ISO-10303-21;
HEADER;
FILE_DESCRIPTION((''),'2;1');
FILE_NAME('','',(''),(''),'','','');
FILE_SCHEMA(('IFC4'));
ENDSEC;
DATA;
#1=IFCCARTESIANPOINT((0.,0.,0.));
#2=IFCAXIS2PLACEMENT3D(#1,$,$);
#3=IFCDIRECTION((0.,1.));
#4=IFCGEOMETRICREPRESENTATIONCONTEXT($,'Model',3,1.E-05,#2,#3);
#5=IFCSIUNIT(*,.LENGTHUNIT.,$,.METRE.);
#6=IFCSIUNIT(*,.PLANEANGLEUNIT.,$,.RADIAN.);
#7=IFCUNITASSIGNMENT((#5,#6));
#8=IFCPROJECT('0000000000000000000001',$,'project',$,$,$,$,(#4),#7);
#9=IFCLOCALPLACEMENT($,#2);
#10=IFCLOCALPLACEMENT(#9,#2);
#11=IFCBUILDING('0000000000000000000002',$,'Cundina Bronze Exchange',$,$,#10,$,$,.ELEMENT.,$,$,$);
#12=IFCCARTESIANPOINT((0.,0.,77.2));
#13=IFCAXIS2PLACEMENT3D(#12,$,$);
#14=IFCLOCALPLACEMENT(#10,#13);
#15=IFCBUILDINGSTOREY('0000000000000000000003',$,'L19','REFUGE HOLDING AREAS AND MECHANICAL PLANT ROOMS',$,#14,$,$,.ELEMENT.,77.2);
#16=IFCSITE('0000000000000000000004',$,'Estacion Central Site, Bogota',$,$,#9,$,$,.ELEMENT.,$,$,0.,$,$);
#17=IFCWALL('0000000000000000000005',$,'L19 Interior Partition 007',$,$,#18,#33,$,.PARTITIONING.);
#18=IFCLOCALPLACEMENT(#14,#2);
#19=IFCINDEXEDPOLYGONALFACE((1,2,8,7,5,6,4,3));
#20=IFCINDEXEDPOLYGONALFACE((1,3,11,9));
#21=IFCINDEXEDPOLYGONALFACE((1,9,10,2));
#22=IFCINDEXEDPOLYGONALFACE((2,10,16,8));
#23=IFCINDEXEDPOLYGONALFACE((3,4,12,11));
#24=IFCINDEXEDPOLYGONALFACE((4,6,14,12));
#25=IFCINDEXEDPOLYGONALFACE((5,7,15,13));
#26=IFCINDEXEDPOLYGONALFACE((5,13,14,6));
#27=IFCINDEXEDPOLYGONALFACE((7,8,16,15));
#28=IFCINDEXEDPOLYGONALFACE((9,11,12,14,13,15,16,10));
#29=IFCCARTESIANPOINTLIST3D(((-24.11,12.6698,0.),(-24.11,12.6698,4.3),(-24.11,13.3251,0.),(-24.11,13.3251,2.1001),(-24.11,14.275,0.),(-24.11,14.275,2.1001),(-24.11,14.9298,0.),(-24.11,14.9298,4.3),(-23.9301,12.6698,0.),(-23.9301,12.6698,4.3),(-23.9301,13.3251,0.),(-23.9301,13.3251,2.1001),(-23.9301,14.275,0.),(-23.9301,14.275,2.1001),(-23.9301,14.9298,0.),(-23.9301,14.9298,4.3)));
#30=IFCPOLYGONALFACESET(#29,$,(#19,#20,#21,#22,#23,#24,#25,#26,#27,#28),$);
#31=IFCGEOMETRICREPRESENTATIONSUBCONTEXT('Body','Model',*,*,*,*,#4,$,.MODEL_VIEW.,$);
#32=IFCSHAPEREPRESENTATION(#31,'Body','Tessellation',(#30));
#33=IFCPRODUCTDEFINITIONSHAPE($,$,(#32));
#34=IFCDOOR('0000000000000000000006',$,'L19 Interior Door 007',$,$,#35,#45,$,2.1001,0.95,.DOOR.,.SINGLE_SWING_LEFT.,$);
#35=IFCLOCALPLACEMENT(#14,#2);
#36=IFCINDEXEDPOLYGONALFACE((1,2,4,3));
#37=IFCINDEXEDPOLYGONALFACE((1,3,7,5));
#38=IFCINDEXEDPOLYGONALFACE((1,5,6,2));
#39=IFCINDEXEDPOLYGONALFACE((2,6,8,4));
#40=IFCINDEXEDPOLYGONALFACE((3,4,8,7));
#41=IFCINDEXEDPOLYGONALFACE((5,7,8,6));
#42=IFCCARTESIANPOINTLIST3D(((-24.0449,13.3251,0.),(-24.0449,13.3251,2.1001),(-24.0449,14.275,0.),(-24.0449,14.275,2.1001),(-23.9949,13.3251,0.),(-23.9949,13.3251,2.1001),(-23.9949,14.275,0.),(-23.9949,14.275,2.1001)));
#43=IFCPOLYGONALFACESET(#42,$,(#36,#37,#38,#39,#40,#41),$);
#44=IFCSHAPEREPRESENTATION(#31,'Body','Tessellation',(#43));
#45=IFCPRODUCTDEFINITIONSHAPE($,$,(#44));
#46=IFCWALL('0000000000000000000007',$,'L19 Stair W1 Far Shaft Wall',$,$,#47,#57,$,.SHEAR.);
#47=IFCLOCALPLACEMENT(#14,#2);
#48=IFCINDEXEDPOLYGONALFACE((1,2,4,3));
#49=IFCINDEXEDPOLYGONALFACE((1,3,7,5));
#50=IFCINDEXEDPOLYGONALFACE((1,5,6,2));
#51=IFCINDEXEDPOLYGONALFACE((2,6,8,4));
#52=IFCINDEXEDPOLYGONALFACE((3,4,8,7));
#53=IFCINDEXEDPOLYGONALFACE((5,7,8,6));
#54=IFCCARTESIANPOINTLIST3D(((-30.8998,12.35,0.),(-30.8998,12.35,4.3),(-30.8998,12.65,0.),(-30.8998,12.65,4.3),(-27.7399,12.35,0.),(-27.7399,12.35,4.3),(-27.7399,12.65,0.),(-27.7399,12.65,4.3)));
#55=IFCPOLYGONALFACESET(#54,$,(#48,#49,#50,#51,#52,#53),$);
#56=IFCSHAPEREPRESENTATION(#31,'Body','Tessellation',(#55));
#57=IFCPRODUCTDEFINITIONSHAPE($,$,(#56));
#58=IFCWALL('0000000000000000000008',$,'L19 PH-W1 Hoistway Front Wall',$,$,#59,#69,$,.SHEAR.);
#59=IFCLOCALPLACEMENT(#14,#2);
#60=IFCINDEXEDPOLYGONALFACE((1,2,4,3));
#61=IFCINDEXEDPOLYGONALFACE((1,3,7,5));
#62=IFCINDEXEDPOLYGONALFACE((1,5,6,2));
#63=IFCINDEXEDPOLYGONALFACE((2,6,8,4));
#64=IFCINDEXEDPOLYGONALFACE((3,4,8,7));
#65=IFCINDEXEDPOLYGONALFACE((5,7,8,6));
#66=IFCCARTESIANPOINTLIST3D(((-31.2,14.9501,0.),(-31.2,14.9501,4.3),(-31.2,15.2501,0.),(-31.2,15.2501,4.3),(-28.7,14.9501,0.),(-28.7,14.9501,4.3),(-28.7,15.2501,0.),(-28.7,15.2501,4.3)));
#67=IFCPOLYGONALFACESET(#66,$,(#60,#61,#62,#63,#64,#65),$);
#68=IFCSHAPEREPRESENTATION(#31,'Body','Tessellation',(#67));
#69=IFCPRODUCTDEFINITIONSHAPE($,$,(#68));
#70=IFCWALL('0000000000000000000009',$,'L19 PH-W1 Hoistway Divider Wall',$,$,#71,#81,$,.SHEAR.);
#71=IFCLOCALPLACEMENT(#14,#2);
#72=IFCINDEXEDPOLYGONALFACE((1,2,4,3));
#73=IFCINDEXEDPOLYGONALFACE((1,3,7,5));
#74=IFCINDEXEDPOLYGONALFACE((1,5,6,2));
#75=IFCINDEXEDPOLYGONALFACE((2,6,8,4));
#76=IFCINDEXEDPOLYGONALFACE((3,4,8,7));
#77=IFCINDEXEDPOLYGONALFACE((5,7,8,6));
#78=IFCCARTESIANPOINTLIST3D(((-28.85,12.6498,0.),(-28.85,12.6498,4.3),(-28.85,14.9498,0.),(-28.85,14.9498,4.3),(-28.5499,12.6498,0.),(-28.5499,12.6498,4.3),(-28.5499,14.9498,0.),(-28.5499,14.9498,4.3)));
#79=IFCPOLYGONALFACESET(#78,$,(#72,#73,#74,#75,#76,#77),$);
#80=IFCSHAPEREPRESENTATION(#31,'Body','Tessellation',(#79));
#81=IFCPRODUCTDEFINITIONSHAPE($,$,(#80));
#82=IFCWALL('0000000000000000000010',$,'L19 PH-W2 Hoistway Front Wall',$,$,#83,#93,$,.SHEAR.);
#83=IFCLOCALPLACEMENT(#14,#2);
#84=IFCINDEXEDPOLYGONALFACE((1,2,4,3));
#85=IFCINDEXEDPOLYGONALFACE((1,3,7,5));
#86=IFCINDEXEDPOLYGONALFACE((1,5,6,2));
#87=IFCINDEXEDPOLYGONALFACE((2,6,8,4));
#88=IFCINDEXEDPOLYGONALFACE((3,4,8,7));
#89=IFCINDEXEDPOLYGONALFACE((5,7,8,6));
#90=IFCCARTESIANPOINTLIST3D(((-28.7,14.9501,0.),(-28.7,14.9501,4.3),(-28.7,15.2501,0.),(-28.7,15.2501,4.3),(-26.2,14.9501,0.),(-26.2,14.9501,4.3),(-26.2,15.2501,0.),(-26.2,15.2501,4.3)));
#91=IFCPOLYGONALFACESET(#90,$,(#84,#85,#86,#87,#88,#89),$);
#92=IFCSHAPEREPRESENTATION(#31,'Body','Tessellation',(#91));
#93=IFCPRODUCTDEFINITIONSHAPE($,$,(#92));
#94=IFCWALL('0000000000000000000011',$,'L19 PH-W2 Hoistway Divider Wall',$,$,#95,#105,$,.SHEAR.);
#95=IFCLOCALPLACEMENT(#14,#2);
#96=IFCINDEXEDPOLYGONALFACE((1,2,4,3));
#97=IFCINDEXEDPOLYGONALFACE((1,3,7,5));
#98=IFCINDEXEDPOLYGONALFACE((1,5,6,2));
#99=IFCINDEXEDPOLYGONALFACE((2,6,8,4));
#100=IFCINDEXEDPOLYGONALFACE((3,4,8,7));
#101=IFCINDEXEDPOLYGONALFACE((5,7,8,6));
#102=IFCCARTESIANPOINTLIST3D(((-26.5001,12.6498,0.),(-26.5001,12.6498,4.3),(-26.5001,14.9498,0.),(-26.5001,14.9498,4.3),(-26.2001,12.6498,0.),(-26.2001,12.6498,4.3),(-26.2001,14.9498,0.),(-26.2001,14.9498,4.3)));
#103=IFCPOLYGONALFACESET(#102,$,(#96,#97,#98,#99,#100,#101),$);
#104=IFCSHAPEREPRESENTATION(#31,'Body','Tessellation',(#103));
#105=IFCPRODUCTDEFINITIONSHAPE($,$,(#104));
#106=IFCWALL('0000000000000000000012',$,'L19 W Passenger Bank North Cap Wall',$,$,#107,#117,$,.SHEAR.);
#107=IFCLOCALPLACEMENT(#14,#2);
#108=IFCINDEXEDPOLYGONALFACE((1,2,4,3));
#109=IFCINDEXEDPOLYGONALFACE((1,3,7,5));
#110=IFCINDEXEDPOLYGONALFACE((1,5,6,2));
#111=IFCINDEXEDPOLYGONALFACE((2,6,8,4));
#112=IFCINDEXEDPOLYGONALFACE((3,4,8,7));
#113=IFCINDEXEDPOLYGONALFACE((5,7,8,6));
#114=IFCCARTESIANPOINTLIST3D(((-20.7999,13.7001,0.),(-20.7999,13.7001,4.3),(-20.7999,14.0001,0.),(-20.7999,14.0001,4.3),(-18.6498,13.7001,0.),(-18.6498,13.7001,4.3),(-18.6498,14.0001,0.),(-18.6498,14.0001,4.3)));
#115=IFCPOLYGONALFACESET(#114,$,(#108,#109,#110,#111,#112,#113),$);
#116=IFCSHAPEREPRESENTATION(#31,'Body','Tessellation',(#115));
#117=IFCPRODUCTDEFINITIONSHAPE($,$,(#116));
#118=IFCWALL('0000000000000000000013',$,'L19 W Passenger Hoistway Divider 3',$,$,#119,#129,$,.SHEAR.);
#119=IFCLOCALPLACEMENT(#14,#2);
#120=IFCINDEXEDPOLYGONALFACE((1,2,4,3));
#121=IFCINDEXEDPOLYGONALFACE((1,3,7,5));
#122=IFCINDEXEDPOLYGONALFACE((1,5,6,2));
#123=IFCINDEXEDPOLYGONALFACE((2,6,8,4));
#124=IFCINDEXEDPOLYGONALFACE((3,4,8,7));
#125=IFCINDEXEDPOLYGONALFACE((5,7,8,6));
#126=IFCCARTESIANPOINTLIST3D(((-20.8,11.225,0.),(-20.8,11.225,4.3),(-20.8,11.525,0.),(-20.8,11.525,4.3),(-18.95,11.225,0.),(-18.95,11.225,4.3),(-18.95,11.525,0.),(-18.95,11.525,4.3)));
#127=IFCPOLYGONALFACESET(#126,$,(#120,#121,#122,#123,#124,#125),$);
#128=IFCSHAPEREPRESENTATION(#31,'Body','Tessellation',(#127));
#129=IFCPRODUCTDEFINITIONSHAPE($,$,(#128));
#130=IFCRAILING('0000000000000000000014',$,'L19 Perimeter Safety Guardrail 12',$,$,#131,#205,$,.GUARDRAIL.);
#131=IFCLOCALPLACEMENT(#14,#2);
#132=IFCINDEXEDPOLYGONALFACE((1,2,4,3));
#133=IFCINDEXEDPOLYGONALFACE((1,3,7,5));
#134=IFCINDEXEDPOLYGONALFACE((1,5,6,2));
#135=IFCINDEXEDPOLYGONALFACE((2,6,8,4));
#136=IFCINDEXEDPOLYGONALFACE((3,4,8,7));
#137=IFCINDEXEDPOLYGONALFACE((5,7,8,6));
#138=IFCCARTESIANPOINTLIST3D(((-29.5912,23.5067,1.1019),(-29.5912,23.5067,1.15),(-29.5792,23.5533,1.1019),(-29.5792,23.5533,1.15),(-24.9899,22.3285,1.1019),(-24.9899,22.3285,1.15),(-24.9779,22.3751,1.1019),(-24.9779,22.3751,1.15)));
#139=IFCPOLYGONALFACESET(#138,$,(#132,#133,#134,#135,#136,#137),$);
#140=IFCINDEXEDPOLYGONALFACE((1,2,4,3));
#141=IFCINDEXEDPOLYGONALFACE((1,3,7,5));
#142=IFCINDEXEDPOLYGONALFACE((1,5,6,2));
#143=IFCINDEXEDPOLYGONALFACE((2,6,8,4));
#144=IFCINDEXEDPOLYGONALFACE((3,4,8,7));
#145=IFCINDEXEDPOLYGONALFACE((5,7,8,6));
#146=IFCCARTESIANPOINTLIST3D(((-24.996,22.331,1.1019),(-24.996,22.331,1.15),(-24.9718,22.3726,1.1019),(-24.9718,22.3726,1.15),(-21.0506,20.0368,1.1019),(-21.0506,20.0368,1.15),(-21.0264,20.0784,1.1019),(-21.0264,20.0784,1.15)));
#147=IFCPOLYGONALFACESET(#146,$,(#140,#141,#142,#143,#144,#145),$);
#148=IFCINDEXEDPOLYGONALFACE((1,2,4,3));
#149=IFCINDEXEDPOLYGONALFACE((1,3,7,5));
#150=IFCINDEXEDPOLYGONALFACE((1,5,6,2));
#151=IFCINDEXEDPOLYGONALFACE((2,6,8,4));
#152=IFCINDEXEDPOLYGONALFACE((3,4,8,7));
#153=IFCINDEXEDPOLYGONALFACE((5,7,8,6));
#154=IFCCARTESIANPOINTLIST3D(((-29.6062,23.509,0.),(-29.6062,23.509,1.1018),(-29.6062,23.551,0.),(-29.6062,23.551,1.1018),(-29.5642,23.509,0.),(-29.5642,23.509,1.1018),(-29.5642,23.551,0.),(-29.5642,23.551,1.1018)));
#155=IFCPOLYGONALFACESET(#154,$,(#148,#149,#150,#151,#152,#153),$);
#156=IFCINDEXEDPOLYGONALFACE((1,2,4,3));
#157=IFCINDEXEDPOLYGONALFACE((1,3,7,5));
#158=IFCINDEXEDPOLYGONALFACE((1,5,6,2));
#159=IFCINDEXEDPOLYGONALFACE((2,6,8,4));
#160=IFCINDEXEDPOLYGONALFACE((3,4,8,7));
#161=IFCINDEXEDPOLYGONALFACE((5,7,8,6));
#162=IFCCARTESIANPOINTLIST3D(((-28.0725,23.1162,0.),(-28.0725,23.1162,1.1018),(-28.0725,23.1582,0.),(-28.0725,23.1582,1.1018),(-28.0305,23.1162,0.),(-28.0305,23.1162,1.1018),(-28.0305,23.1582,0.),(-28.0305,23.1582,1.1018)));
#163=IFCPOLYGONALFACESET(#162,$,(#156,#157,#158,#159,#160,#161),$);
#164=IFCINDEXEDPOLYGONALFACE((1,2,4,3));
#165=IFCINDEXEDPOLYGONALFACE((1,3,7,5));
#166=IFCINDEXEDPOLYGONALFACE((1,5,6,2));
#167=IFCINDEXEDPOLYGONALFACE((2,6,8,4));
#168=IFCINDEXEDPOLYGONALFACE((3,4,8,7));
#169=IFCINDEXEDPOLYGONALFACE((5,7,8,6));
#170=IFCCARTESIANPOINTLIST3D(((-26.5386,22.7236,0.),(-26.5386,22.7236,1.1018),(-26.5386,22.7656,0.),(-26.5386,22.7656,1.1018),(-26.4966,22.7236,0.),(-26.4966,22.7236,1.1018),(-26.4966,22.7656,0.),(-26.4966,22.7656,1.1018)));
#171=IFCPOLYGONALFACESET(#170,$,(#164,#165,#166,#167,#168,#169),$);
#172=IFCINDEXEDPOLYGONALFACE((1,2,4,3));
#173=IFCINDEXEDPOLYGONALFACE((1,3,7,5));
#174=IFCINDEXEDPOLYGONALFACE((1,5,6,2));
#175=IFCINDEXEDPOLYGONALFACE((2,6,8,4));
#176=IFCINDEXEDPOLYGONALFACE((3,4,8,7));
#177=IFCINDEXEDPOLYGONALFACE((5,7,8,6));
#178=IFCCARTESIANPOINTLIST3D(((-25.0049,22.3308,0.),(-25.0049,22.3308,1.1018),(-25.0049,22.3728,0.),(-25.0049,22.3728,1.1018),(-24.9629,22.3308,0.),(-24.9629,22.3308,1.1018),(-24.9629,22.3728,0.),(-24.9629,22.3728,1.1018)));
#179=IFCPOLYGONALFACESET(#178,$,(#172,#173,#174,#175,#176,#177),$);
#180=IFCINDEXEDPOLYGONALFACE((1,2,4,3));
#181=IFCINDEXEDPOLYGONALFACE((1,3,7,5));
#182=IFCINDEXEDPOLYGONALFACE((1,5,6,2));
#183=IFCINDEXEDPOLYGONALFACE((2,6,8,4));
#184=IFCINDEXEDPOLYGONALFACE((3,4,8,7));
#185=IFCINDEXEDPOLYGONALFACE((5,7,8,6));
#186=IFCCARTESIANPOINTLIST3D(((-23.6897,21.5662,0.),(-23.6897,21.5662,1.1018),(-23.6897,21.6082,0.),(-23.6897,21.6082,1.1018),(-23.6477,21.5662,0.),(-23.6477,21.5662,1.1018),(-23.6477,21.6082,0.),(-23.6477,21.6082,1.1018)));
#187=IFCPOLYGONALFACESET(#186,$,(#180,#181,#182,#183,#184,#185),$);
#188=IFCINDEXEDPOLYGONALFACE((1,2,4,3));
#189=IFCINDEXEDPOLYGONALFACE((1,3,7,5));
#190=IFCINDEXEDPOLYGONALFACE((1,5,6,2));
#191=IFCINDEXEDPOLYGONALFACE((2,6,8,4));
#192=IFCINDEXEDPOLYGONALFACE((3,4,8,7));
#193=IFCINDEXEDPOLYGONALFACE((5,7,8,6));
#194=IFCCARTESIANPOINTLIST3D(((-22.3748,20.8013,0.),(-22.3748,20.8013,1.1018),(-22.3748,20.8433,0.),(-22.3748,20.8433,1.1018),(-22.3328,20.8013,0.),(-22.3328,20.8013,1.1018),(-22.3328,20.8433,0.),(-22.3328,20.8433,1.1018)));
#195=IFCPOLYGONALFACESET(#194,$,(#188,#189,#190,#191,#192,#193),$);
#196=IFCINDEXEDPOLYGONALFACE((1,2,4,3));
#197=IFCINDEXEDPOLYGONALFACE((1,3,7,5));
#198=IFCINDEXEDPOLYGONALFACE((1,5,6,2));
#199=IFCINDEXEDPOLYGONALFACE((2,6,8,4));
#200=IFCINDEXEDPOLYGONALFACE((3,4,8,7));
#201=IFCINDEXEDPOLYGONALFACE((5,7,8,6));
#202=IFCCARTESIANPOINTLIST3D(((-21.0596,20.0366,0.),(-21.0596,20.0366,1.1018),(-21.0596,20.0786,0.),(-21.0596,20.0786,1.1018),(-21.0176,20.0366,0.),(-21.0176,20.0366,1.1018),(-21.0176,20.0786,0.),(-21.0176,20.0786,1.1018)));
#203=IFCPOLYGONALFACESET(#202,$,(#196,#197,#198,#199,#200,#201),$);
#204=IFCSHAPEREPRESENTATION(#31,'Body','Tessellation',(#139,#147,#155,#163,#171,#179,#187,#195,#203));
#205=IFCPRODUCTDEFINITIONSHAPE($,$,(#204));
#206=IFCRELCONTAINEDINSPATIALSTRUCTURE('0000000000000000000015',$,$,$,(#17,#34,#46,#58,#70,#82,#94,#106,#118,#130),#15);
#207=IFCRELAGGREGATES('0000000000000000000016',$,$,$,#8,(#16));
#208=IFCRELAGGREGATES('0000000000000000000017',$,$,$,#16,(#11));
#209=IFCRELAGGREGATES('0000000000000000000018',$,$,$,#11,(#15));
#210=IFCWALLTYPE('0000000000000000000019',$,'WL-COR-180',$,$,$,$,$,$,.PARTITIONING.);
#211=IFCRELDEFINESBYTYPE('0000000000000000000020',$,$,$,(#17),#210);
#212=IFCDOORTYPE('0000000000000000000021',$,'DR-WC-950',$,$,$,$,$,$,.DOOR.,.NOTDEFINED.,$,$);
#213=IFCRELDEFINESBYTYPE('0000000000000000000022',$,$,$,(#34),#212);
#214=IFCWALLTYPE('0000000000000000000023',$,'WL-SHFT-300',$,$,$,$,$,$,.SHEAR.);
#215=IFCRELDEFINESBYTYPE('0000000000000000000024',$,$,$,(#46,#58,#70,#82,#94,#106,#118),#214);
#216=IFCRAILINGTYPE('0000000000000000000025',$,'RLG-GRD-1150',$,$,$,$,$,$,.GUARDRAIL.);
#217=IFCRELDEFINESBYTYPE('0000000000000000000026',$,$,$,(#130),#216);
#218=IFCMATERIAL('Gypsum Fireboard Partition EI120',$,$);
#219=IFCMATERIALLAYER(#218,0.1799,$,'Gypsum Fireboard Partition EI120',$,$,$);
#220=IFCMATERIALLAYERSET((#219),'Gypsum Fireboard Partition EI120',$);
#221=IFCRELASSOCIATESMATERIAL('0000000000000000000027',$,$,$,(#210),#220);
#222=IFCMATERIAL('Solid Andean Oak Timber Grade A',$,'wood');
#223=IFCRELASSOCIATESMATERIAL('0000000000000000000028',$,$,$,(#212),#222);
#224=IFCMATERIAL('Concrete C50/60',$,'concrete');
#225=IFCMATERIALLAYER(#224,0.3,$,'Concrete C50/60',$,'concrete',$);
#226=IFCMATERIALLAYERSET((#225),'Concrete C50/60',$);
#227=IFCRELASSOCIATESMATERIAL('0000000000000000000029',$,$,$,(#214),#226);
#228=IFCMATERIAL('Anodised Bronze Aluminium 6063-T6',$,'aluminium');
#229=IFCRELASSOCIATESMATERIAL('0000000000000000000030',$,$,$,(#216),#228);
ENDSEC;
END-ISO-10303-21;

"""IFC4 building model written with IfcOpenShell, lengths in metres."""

from ifc_helpers import new_model, si_unit, direction, frame, frame_2d, origin, origin_2d, place, context, subcontext, project, spatial, rectangle, extrude, material, layer, layer_set, type_object, element, fill, save


model = new_model("IFC4")

# Units and contexts
model_context = context("Model", 3, precision=1e-05, world=origin(), true_north=direction((0.0, 1.0)))
body_context = subcontext(model_context, "Body", "Model", "MODEL_VIEW")
ifc_project = project(units=[si_unit("LENGTHUNIT", "METRE"), si_unit("PLANEANGLEUNIT", "RADIAN")], contexts=[model_context])

# Site, building, storey
site_placement = place(None, origin())
site = spatial("IfcSite", under=ifc_project, at=site_placement, Name="Estacion Central Site, Bogota", CompositionType="ELEMENT", RefElevation=0.0)
building_placement = place(site_placement, origin())
building = spatial("IfcBuilding", under=site, at=building_placement, Name="Cundina Bronze Exchange", CompositionType="ELEMENT")
storey_placement = place(building_placement, frame((0.0, 0.0, 77.2)))
storey = spatial("IfcBuildingStorey", under=building, at=storey_placement, Name="L19", Description="REFUGE HOLDING AREAS AND MECHANICAL PLANT ROOMS", CompositionType="ELEMENT", Elevation=77.2)

# Shared definitions
ifc_material_1 = material(Name="Gypsum Fireboard Partition EI120")
ifc_layer_1 = layer(ifc_material_1, 0.1799, Name="Gypsum Fireboard Partition EI120")
ifc_layer_set_1 = layer_set([ifc_layer_1], Name="Gypsum Fireboard Partition EI120")
wall_type_1 = type_object("IfcWallType", Name="WL-COR-180", PredefinedType="PARTITIONING", material=ifc_layer_set_1)

# Wall, opening, door
wall_1_placement = place(storey_placement, frame((-24.02, 12.6699, 0.0), z_axis=(0.0, 0.0, 1.0), x_axis=(0.0, 1.0, 0.0)))
wall_1 = element("IfcWall", 1, at=wall_1_placement, inside=storey, type_object=wall_type_1, Name="L19 Interior Partition 007", PredefinedType="PARTITIONING", context=body_context, shape_type="SweptSolid", body=[
    extrude(rectangle(XDim=2.26, YDim=0.1799, at=frame_2d((1.1299, 0.0))), origin(), (0.0, 0.0, 1.0), 4.3),
])
opening_1_placement = place(wall_1_placement, frame((0.655, 0.0, 0.0)))
opening_1 = element("IfcOpeningElement", 2, at=opening_1_placement, cuts=wall_1, PredefinedType="OPENING", context=body_context, shape_type="SweptSolid", body=[
    extrude(rectangle(XDim=0.95, YDim=2.1001, at=frame_2d((0.4751, 1.05))), frame((0.0, 0.0999, 0.0), z_axis=(0.0, -1.0, 0.0), x_axis=(1.0, 0.0, 0.0)), (0.0, 0.0, 1.0), 0.2),
])
ifc_material_2 = material(Name="Solid Andean Oak Timber Grade A", Category="wood")
door_type_1 = type_object("IfcDoorType", Name="DR-WC-950", OperationType="NOTDEFINED", PredefinedType="DOOR", material=ifc_material_2)
door_1_placement = place(opening_1_placement, origin())
door_1 = element("IfcDoor", 3, at=door_1_placement, inside=storey, type_object=door_type_1, Name="L19 Interior Door 007", OperationType="SINGLE_SWING_LEFT", OverallHeight=2.1001, OverallWidth=0.95, PredefinedType="DOOR", context=body_context, shape_type="SweptSolid", body=[
    extrude(rectangle(XDim=0.95, YDim=2.1001, at=frame_2d((0.4751, 1.05))), frame((0.0, 0.0249, 0.0), z_axis=(0.0, -1.0, 0.0), x_axis=(1.0, 0.0, 0.0)), (0.0, 0.0, 1.0), 0.05),
])
fill(opening_1, door_1)

# Wall
ifc_material_3 = material(Name="Concrete C50/60", Category="concrete")
ifc_layer_2 = layer(ifc_material_3, 0.3, Name="Concrete C50/60", Category="concrete")
ifc_layer_set_2 = layer_set([ifc_layer_2], Name="Concrete C50/60")
wall_type_2 = type_object("IfcWallType", Name="WL-SHFT-300", PredefinedType="SHEAR", material=ifc_layer_set_2)
wall_2_placement = place(storey_placement, frame((-30.8999, 12.5, 0.0), z_axis=(0.0, 0.0, 1.0), x_axis=(1.0, 0.0, 0.0)))
element("IfcWall", 4, at=wall_2_placement, inside=storey, type_object=wall_type_2, Name="L19 Stair W1 Far Shaft Wall", PredefinedType="SHEAR", context=body_context, shape_type="SweptSolid", body=[
    extrude(rectangle(XDim=3.1599, YDim=0.3, at=frame_2d((1.5801, 0.0))), origin(), (0.0, 0.0, 1.0), 4.3),
])

# Walls
wall_3_placement = place(storey_placement, frame((-31.2, 15.1001, 0.0), z_axis=(0.0, 0.0, 1.0), x_axis=(1.0, 0.0, 0.0)))
element("IfcWall", 5, at=wall_3_placement, inside=storey, type_object=wall_type_2, Name="L19 PH-W1 Hoistway Front Wall", PredefinedType="SHEAR", context=body_context, shape_type="SweptSolid", body=[
    extrude(rectangle(XDim=2.5, YDim=0.3, at=frame_2d((1.25, 0.0))), origin(), (0.0, 0.0, 1.0), 4.3),
])
wall_4_placement = place(storey_placement, frame((-28.7, 12.6499, 0.0), z_axis=(0.0, 0.0, 1.0), x_axis=(0.0, 1.0, 0.0)))
element("IfcWall", 6, at=wall_4_placement, inside=storey, type_object=wall_type_2, Name="L19 PH-W1 Hoistway Divider Wall", PredefinedType="SHEAR", context=body_context, shape_type="SweptSolid", body=[
    extrude(rectangle(XDim=2.3, YDim=0.3, at=frame_2d((1.1499, 0.0))), origin(), (0.0, 0.0, 1.0), 4.3),
])
wall_5_placement = place(storey_placement, frame((-28.7, 15.1001, 0.0), z_axis=(0.0, 0.0, 1.0), x_axis=(1.0, 0.0, 0.0)))
element("IfcWall", 7, at=wall_5_placement, inside=storey, type_object=wall_type_2, Name="L19 PH-W2 Hoistway Front Wall", PredefinedType="SHEAR", context=body_context, shape_type="SweptSolid", body=[
    extrude(rectangle(XDim=2.5, YDim=0.3, at=frame_2d((1.25, 0.0))), origin(), (0.0, 0.0, 1.0), 4.3),
])
wall_6_placement = place(storey_placement, frame((-26.3501, 12.6499, 0.0), z_axis=(0.0, 0.0, 1.0), x_axis=(0.0, 1.0, 0.0)))
element("IfcWall", 8, at=wall_6_placement, inside=storey, type_object=wall_type_2, Name="L19 PH-W2 Hoistway Divider Wall", PredefinedType="SHEAR", context=body_context, shape_type="SweptSolid", body=[
    extrude(rectangle(XDim=2.3, YDim=0.3, at=frame_2d((1.1499, 0.0))), origin(), (0.0, 0.0, 1.0), 4.3),
])
wall_7_placement = place(storey_placement, frame((-20.8, 13.8501, 0.0), z_axis=(0.0, 0.0, 1.0), x_axis=(1.0, 0.0, 0.0)))
element("IfcWall", 9, at=wall_7_placement, inside=storey, type_object=wall_type_2, Name="L19 W Passenger Bank North Cap Wall", PredefinedType="SHEAR", context=body_context, shape_type="SweptSolid", body=[
    extrude(rectangle(XDim=2.1501, YDim=0.3, at=frame_2d((1.0752, 0.0))), origin(), (0.0, 0.0, 1.0), 4.3),
])
wall_8_placement = place(storey_placement, frame((-20.8, 11.375, 0.0), z_axis=(0.0, 0.0, 1.0), x_axis=(1.0, 0.0, 0.0)))
element("IfcWall", 10, at=wall_8_placement, inside=storey, type_object=wall_type_2, Name="L19 W Passenger Hoistway Divider 3", PredefinedType="SHEAR", context=body_context, shape_type="SweptSolid", body=[
    extrude(rectangle(XDim=1.8501, YDim=0.3, at=frame_2d((0.925, 0.0))), origin(), (0.0, 0.0, 1.0), 4.3),
])

# Railing
ifc_material_4 = material(Name="Anodised Bronze Aluminium 6063-T6", Category="aluminium")
railing_type = type_object("IfcRailingType", Name="RLG-GRD-1150", PredefinedType="GUARDRAIL", material=ifc_material_4)
railing_1_placement = place(storey_placement, frame((-29.5852, 23.53, 0.0)))
element("IfcRailing", 11, at=railing_1_placement, inside=storey, type_object=railing_type, Name="L19 Perimeter Safety Guardrail 12", PredefinedType="GUARDRAIL", context=body_context, shape_type="SweptSolid", body=[
    extrude(rectangle(XDim=0.0481, YDim=0.0481, at=origin_2d()), frame((0.0, 0.0, 1.126), z_axis=(0.968745, -0.248059, 0.0), x_axis=(0.248059, 0.968745, 0.0)), (0.0, 0.0, 1.0), 4.7498),
    extrude(rectangle(XDim=0.0481, YDim=0.0481, at=origin_2d()), frame((4.6013, -1.1782, 1.126), z_axis=(0.864469, -0.502686, 0.0), x_axis=(0.502686, 0.864469, 0.0)), (0.0, 0.0, 1.0), 4.564),
    extrude(rectangle(XDim=0.042, YDim=0.042, at=origin_2d()), origin(), (0.0, 0.0, 1.0), 1.1018),
    extrude(rectangle(XDim=0.042, YDim=0.042, at=origin_2d()), frame((1.5337, -0.3928, 0.0)), (0.0, 0.0, 1.0), 1.1018),
    extrude(rectangle(XDim=0.042, YDim=0.042, at=origin_2d()), frame((3.0676, -0.7854, 0.0)), (0.0, 0.0, 1.0), 1.1018),
    extrude(rectangle(XDim=0.042, YDim=0.042, at=origin_2d()), frame((4.6013, -1.1782, 0.0)), (0.0, 0.0, 1.0), 1.1018),
    extrude(rectangle(XDim=0.042, YDim=0.042, at=origin_2d()), frame((5.9165, -1.9429, 0.0)), (0.0, 0.0, 1.0), 1.1018),
    extrude(rectangle(XDim=0.042, YDim=0.042, at=origin_2d()), frame((7.2314, -2.7078, 0.0)), (0.0, 0.0, 1.0), 1.1018),
    extrude(rectangle(XDim=0.042, YDim=0.042, at=origin_2d()), frame((8.5466, -3.4724, 0.0)), (0.0, 0.0, 1.0), 1.1018),
])

save(model, "model.ifc")
